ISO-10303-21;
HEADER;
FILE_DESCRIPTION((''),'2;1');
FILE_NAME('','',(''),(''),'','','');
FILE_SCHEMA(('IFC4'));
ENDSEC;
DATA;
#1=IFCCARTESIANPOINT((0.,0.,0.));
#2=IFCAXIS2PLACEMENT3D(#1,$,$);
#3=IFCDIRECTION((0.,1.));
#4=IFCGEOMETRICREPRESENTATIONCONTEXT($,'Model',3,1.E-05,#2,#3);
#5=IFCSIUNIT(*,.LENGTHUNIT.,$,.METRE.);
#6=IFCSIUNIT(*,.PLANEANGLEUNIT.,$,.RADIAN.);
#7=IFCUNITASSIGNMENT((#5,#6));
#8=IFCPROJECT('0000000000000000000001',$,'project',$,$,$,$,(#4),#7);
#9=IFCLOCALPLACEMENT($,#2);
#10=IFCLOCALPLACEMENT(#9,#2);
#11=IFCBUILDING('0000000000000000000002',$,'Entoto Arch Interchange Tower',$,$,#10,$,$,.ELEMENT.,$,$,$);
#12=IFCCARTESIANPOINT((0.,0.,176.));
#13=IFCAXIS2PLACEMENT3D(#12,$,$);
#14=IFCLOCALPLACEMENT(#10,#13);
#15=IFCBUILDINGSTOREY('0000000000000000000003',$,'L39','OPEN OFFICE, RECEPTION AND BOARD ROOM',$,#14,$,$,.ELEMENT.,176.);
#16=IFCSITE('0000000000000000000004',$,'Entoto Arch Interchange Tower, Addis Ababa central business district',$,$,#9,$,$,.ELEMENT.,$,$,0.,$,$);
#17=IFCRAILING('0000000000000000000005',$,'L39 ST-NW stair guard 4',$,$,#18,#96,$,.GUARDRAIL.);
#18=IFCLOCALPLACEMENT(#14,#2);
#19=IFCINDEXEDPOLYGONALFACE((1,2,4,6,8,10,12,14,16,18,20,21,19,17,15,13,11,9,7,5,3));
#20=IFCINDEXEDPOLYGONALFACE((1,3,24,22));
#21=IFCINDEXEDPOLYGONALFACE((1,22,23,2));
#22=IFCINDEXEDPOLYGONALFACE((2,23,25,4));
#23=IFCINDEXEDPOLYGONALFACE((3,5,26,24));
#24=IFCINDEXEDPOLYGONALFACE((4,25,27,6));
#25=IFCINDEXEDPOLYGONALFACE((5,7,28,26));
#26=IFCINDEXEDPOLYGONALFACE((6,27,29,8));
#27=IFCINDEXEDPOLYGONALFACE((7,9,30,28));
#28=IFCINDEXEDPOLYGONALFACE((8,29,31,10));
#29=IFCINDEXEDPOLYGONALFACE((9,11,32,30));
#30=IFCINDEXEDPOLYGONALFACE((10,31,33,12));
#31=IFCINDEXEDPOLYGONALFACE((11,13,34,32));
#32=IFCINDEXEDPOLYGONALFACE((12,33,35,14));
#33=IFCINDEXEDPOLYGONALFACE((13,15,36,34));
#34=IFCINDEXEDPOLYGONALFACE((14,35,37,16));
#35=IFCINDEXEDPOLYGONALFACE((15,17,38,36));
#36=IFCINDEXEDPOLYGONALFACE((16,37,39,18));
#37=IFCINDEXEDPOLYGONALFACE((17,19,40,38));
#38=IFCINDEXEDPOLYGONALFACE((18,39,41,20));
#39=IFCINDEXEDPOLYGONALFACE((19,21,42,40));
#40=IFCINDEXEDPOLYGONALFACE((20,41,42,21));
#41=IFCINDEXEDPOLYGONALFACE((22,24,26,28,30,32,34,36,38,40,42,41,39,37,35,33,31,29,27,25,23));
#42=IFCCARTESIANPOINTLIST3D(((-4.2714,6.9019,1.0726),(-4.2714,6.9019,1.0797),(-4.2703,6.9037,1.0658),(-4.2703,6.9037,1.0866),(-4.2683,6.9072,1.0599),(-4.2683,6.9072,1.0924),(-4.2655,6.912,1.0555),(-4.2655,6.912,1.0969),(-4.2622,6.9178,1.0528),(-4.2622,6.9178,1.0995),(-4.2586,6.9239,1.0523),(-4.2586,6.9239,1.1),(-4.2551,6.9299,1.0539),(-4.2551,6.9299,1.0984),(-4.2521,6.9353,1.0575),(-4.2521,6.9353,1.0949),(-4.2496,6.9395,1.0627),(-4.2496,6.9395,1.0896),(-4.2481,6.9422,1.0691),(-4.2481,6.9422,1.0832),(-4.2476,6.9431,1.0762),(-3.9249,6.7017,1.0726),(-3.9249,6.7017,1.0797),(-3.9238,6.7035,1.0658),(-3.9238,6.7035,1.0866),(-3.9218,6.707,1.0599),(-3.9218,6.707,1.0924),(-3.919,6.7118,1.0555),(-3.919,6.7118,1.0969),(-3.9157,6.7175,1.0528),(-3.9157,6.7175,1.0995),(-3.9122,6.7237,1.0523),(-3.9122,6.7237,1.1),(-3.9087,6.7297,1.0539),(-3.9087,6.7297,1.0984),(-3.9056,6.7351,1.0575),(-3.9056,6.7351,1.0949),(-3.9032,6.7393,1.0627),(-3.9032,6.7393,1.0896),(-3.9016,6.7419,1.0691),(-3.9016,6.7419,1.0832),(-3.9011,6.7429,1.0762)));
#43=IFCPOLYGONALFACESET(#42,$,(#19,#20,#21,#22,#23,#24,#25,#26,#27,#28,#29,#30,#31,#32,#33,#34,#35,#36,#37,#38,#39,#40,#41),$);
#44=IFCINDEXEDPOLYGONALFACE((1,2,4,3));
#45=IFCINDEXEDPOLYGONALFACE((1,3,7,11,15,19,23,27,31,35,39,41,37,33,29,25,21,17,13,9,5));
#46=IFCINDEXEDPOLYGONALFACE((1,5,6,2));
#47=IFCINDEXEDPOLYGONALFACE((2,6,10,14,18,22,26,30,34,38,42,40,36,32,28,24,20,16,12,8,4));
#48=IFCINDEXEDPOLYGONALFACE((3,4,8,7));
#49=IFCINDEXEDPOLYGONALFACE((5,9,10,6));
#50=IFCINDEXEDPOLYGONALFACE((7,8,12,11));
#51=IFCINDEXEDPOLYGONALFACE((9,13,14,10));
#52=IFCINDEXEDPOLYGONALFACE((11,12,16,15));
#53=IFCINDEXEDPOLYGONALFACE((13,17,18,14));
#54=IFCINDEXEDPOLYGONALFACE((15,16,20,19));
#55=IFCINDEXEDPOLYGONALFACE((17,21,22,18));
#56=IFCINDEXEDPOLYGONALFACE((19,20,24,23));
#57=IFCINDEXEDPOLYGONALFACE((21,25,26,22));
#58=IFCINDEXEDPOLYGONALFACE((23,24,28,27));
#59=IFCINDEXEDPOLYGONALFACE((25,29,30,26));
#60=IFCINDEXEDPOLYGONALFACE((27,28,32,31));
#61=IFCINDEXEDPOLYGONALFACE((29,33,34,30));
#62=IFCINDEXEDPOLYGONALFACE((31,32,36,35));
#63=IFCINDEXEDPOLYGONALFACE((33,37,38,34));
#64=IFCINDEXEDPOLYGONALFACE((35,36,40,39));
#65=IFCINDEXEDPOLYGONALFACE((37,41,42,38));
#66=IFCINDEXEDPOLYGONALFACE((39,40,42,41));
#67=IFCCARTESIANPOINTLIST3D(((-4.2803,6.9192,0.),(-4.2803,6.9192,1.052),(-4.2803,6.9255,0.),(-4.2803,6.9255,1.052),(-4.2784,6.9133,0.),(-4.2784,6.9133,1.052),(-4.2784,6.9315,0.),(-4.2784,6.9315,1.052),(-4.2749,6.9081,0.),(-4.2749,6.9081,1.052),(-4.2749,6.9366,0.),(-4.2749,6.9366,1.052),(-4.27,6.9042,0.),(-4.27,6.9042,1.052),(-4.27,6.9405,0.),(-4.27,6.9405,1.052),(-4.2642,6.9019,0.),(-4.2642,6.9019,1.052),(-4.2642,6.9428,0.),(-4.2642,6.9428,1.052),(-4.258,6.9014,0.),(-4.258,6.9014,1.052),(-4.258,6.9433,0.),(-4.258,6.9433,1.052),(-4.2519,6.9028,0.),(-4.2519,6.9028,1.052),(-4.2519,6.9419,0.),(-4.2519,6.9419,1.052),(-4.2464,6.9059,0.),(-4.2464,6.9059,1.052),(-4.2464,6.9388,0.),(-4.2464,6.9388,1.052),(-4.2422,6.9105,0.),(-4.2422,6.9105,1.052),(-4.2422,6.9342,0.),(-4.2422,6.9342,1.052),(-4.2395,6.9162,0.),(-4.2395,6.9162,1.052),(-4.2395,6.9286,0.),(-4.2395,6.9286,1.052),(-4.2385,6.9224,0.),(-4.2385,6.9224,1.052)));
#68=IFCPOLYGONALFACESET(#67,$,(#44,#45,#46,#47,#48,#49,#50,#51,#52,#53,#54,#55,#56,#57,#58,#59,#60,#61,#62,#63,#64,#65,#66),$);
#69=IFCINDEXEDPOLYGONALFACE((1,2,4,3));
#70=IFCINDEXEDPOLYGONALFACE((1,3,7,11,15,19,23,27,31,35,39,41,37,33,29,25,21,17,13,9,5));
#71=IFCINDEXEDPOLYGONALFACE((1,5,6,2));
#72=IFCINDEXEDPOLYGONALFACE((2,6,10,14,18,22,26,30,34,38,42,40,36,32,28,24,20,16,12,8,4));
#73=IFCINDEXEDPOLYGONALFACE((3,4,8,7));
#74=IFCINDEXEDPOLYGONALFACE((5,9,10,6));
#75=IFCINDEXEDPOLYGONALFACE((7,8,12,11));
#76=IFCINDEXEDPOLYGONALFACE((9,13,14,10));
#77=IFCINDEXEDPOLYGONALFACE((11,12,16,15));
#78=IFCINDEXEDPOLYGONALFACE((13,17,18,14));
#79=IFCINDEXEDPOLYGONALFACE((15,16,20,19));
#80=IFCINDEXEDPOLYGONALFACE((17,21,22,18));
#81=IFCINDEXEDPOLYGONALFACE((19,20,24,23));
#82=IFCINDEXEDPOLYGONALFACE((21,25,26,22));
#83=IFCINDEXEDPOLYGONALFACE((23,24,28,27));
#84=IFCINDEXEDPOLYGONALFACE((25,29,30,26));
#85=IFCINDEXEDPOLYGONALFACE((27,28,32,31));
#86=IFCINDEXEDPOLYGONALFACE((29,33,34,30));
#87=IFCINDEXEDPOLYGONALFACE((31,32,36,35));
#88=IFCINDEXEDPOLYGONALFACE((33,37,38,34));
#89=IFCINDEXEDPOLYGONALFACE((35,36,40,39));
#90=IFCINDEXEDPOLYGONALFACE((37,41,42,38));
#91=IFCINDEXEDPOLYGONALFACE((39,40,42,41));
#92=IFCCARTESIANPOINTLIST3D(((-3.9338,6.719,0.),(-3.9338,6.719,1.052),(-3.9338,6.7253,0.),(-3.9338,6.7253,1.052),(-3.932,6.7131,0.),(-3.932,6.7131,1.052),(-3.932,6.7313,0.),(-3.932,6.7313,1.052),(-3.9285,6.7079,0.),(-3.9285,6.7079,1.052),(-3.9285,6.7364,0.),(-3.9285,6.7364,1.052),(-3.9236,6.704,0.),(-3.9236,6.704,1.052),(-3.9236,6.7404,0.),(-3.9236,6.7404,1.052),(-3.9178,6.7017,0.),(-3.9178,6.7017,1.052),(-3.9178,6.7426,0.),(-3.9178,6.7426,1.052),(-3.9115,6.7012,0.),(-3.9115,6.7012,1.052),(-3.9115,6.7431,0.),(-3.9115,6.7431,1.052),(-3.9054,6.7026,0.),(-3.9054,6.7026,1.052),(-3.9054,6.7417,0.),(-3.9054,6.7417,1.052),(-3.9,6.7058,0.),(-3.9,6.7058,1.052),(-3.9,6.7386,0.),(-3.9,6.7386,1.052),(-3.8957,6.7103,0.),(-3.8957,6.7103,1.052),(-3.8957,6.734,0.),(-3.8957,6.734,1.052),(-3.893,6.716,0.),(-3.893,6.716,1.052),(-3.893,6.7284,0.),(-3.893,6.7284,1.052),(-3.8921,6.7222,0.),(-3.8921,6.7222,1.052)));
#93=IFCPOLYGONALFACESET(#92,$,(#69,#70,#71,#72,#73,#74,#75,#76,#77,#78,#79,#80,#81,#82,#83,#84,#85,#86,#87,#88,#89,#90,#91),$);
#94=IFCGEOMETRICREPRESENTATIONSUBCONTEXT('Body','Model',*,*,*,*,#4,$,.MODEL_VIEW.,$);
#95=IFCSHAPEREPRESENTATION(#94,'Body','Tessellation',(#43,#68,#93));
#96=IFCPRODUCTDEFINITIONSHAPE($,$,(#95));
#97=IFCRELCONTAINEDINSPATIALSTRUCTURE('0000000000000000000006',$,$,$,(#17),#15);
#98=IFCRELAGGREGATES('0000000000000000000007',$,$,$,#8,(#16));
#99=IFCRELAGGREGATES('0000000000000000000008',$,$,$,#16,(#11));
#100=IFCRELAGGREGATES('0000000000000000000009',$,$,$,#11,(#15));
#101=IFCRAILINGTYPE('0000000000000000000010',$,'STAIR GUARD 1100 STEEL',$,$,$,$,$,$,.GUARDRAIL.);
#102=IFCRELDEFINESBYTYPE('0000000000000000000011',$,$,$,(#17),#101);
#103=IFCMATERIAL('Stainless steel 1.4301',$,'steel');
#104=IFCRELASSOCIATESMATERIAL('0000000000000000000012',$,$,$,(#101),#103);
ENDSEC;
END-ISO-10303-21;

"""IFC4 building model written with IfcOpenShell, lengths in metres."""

from ifc_helpers import new_model, si_unit, direction, frame, origin, origin_2d, place, context, subcontext, project, spatial, circle, extrude, material, type_object, element, save


model = new_model("IFC4")

# Units and contexts
model_context = context("Model", 3, precision=1e-05, world=origin(), true_north=direction((0.0, 1.0)))
body_context = subcontext(model_context, "Body", "Model", "MODEL_VIEW")
ifc_project = project(units=[si_unit("LENGTHUNIT", "METRE"), si_unit("PLANEANGLEUNIT", "RADIAN")], contexts=[model_context])

# Site, building, storey
site_placement = place(None, origin())
site = spatial("IfcSite", under=ifc_project, at=site_placement, Name="Entoto Arch Interchange Tower, Addis Ababa central business district", CompositionType="ELEMENT", RefElevation=0.0)
building_placement = place(site_placement, origin())
building = spatial("IfcBuilding", under=site, at=building_placement, Name="Entoto Arch Interchange Tower", CompositionType="ELEMENT")
storey_placement = place(building_placement, frame((0.0, 0.0, 176.0)))
storey = spatial("IfcBuildingStorey", under=building, at=storey_placement, Name="L39", Description="OPEN OFFICE, RECEPTION AND BOARD ROOM", CompositionType="ELEMENT", Elevation=176.0)

# Railing
ifc_material_1 = material(Name="Stainless steel 1.4301", Category="steel")
railing_type_1 = type_object("IfcRailingType", Name="STAIR GUARD 1100 STEEL", PredefinedType="GUARDRAIL", material=ifc_material_1)
railing_1_placement = place(storey_placement, frame((-4.2595, 6.9224, 0.0)))
element("IfcRailing", 1, at=railing_1_placement, inside=storey, type_object=railing_type_1, Name="L39 ST-NW stair guard 4", PredefinedType="GUARDRAIL", context=body_context, shape_type="SweptSolid", body=[
    extrude(circle(Radius=0.0239, at=origin_2d()), frame((0.0, 0.0, 1.0762), z_axis=(0.86583, -0.500339, 0.0), x_axis=(0.500339, 0.86583, 0.0)), (0.0, 0.0, 1.0), 0.4001),
    extrude(circle(Radius=0.021, at=origin_2d()), origin(), (0.0, 0.0, 1.0), 1.052),
    extrude(circle(Radius=0.021, at=origin_2d()), frame((0.3464, -0.2002, 0.0)), (0.0, 0.0, 1.0), 1.052),
])

save(model, "model.ifc")
